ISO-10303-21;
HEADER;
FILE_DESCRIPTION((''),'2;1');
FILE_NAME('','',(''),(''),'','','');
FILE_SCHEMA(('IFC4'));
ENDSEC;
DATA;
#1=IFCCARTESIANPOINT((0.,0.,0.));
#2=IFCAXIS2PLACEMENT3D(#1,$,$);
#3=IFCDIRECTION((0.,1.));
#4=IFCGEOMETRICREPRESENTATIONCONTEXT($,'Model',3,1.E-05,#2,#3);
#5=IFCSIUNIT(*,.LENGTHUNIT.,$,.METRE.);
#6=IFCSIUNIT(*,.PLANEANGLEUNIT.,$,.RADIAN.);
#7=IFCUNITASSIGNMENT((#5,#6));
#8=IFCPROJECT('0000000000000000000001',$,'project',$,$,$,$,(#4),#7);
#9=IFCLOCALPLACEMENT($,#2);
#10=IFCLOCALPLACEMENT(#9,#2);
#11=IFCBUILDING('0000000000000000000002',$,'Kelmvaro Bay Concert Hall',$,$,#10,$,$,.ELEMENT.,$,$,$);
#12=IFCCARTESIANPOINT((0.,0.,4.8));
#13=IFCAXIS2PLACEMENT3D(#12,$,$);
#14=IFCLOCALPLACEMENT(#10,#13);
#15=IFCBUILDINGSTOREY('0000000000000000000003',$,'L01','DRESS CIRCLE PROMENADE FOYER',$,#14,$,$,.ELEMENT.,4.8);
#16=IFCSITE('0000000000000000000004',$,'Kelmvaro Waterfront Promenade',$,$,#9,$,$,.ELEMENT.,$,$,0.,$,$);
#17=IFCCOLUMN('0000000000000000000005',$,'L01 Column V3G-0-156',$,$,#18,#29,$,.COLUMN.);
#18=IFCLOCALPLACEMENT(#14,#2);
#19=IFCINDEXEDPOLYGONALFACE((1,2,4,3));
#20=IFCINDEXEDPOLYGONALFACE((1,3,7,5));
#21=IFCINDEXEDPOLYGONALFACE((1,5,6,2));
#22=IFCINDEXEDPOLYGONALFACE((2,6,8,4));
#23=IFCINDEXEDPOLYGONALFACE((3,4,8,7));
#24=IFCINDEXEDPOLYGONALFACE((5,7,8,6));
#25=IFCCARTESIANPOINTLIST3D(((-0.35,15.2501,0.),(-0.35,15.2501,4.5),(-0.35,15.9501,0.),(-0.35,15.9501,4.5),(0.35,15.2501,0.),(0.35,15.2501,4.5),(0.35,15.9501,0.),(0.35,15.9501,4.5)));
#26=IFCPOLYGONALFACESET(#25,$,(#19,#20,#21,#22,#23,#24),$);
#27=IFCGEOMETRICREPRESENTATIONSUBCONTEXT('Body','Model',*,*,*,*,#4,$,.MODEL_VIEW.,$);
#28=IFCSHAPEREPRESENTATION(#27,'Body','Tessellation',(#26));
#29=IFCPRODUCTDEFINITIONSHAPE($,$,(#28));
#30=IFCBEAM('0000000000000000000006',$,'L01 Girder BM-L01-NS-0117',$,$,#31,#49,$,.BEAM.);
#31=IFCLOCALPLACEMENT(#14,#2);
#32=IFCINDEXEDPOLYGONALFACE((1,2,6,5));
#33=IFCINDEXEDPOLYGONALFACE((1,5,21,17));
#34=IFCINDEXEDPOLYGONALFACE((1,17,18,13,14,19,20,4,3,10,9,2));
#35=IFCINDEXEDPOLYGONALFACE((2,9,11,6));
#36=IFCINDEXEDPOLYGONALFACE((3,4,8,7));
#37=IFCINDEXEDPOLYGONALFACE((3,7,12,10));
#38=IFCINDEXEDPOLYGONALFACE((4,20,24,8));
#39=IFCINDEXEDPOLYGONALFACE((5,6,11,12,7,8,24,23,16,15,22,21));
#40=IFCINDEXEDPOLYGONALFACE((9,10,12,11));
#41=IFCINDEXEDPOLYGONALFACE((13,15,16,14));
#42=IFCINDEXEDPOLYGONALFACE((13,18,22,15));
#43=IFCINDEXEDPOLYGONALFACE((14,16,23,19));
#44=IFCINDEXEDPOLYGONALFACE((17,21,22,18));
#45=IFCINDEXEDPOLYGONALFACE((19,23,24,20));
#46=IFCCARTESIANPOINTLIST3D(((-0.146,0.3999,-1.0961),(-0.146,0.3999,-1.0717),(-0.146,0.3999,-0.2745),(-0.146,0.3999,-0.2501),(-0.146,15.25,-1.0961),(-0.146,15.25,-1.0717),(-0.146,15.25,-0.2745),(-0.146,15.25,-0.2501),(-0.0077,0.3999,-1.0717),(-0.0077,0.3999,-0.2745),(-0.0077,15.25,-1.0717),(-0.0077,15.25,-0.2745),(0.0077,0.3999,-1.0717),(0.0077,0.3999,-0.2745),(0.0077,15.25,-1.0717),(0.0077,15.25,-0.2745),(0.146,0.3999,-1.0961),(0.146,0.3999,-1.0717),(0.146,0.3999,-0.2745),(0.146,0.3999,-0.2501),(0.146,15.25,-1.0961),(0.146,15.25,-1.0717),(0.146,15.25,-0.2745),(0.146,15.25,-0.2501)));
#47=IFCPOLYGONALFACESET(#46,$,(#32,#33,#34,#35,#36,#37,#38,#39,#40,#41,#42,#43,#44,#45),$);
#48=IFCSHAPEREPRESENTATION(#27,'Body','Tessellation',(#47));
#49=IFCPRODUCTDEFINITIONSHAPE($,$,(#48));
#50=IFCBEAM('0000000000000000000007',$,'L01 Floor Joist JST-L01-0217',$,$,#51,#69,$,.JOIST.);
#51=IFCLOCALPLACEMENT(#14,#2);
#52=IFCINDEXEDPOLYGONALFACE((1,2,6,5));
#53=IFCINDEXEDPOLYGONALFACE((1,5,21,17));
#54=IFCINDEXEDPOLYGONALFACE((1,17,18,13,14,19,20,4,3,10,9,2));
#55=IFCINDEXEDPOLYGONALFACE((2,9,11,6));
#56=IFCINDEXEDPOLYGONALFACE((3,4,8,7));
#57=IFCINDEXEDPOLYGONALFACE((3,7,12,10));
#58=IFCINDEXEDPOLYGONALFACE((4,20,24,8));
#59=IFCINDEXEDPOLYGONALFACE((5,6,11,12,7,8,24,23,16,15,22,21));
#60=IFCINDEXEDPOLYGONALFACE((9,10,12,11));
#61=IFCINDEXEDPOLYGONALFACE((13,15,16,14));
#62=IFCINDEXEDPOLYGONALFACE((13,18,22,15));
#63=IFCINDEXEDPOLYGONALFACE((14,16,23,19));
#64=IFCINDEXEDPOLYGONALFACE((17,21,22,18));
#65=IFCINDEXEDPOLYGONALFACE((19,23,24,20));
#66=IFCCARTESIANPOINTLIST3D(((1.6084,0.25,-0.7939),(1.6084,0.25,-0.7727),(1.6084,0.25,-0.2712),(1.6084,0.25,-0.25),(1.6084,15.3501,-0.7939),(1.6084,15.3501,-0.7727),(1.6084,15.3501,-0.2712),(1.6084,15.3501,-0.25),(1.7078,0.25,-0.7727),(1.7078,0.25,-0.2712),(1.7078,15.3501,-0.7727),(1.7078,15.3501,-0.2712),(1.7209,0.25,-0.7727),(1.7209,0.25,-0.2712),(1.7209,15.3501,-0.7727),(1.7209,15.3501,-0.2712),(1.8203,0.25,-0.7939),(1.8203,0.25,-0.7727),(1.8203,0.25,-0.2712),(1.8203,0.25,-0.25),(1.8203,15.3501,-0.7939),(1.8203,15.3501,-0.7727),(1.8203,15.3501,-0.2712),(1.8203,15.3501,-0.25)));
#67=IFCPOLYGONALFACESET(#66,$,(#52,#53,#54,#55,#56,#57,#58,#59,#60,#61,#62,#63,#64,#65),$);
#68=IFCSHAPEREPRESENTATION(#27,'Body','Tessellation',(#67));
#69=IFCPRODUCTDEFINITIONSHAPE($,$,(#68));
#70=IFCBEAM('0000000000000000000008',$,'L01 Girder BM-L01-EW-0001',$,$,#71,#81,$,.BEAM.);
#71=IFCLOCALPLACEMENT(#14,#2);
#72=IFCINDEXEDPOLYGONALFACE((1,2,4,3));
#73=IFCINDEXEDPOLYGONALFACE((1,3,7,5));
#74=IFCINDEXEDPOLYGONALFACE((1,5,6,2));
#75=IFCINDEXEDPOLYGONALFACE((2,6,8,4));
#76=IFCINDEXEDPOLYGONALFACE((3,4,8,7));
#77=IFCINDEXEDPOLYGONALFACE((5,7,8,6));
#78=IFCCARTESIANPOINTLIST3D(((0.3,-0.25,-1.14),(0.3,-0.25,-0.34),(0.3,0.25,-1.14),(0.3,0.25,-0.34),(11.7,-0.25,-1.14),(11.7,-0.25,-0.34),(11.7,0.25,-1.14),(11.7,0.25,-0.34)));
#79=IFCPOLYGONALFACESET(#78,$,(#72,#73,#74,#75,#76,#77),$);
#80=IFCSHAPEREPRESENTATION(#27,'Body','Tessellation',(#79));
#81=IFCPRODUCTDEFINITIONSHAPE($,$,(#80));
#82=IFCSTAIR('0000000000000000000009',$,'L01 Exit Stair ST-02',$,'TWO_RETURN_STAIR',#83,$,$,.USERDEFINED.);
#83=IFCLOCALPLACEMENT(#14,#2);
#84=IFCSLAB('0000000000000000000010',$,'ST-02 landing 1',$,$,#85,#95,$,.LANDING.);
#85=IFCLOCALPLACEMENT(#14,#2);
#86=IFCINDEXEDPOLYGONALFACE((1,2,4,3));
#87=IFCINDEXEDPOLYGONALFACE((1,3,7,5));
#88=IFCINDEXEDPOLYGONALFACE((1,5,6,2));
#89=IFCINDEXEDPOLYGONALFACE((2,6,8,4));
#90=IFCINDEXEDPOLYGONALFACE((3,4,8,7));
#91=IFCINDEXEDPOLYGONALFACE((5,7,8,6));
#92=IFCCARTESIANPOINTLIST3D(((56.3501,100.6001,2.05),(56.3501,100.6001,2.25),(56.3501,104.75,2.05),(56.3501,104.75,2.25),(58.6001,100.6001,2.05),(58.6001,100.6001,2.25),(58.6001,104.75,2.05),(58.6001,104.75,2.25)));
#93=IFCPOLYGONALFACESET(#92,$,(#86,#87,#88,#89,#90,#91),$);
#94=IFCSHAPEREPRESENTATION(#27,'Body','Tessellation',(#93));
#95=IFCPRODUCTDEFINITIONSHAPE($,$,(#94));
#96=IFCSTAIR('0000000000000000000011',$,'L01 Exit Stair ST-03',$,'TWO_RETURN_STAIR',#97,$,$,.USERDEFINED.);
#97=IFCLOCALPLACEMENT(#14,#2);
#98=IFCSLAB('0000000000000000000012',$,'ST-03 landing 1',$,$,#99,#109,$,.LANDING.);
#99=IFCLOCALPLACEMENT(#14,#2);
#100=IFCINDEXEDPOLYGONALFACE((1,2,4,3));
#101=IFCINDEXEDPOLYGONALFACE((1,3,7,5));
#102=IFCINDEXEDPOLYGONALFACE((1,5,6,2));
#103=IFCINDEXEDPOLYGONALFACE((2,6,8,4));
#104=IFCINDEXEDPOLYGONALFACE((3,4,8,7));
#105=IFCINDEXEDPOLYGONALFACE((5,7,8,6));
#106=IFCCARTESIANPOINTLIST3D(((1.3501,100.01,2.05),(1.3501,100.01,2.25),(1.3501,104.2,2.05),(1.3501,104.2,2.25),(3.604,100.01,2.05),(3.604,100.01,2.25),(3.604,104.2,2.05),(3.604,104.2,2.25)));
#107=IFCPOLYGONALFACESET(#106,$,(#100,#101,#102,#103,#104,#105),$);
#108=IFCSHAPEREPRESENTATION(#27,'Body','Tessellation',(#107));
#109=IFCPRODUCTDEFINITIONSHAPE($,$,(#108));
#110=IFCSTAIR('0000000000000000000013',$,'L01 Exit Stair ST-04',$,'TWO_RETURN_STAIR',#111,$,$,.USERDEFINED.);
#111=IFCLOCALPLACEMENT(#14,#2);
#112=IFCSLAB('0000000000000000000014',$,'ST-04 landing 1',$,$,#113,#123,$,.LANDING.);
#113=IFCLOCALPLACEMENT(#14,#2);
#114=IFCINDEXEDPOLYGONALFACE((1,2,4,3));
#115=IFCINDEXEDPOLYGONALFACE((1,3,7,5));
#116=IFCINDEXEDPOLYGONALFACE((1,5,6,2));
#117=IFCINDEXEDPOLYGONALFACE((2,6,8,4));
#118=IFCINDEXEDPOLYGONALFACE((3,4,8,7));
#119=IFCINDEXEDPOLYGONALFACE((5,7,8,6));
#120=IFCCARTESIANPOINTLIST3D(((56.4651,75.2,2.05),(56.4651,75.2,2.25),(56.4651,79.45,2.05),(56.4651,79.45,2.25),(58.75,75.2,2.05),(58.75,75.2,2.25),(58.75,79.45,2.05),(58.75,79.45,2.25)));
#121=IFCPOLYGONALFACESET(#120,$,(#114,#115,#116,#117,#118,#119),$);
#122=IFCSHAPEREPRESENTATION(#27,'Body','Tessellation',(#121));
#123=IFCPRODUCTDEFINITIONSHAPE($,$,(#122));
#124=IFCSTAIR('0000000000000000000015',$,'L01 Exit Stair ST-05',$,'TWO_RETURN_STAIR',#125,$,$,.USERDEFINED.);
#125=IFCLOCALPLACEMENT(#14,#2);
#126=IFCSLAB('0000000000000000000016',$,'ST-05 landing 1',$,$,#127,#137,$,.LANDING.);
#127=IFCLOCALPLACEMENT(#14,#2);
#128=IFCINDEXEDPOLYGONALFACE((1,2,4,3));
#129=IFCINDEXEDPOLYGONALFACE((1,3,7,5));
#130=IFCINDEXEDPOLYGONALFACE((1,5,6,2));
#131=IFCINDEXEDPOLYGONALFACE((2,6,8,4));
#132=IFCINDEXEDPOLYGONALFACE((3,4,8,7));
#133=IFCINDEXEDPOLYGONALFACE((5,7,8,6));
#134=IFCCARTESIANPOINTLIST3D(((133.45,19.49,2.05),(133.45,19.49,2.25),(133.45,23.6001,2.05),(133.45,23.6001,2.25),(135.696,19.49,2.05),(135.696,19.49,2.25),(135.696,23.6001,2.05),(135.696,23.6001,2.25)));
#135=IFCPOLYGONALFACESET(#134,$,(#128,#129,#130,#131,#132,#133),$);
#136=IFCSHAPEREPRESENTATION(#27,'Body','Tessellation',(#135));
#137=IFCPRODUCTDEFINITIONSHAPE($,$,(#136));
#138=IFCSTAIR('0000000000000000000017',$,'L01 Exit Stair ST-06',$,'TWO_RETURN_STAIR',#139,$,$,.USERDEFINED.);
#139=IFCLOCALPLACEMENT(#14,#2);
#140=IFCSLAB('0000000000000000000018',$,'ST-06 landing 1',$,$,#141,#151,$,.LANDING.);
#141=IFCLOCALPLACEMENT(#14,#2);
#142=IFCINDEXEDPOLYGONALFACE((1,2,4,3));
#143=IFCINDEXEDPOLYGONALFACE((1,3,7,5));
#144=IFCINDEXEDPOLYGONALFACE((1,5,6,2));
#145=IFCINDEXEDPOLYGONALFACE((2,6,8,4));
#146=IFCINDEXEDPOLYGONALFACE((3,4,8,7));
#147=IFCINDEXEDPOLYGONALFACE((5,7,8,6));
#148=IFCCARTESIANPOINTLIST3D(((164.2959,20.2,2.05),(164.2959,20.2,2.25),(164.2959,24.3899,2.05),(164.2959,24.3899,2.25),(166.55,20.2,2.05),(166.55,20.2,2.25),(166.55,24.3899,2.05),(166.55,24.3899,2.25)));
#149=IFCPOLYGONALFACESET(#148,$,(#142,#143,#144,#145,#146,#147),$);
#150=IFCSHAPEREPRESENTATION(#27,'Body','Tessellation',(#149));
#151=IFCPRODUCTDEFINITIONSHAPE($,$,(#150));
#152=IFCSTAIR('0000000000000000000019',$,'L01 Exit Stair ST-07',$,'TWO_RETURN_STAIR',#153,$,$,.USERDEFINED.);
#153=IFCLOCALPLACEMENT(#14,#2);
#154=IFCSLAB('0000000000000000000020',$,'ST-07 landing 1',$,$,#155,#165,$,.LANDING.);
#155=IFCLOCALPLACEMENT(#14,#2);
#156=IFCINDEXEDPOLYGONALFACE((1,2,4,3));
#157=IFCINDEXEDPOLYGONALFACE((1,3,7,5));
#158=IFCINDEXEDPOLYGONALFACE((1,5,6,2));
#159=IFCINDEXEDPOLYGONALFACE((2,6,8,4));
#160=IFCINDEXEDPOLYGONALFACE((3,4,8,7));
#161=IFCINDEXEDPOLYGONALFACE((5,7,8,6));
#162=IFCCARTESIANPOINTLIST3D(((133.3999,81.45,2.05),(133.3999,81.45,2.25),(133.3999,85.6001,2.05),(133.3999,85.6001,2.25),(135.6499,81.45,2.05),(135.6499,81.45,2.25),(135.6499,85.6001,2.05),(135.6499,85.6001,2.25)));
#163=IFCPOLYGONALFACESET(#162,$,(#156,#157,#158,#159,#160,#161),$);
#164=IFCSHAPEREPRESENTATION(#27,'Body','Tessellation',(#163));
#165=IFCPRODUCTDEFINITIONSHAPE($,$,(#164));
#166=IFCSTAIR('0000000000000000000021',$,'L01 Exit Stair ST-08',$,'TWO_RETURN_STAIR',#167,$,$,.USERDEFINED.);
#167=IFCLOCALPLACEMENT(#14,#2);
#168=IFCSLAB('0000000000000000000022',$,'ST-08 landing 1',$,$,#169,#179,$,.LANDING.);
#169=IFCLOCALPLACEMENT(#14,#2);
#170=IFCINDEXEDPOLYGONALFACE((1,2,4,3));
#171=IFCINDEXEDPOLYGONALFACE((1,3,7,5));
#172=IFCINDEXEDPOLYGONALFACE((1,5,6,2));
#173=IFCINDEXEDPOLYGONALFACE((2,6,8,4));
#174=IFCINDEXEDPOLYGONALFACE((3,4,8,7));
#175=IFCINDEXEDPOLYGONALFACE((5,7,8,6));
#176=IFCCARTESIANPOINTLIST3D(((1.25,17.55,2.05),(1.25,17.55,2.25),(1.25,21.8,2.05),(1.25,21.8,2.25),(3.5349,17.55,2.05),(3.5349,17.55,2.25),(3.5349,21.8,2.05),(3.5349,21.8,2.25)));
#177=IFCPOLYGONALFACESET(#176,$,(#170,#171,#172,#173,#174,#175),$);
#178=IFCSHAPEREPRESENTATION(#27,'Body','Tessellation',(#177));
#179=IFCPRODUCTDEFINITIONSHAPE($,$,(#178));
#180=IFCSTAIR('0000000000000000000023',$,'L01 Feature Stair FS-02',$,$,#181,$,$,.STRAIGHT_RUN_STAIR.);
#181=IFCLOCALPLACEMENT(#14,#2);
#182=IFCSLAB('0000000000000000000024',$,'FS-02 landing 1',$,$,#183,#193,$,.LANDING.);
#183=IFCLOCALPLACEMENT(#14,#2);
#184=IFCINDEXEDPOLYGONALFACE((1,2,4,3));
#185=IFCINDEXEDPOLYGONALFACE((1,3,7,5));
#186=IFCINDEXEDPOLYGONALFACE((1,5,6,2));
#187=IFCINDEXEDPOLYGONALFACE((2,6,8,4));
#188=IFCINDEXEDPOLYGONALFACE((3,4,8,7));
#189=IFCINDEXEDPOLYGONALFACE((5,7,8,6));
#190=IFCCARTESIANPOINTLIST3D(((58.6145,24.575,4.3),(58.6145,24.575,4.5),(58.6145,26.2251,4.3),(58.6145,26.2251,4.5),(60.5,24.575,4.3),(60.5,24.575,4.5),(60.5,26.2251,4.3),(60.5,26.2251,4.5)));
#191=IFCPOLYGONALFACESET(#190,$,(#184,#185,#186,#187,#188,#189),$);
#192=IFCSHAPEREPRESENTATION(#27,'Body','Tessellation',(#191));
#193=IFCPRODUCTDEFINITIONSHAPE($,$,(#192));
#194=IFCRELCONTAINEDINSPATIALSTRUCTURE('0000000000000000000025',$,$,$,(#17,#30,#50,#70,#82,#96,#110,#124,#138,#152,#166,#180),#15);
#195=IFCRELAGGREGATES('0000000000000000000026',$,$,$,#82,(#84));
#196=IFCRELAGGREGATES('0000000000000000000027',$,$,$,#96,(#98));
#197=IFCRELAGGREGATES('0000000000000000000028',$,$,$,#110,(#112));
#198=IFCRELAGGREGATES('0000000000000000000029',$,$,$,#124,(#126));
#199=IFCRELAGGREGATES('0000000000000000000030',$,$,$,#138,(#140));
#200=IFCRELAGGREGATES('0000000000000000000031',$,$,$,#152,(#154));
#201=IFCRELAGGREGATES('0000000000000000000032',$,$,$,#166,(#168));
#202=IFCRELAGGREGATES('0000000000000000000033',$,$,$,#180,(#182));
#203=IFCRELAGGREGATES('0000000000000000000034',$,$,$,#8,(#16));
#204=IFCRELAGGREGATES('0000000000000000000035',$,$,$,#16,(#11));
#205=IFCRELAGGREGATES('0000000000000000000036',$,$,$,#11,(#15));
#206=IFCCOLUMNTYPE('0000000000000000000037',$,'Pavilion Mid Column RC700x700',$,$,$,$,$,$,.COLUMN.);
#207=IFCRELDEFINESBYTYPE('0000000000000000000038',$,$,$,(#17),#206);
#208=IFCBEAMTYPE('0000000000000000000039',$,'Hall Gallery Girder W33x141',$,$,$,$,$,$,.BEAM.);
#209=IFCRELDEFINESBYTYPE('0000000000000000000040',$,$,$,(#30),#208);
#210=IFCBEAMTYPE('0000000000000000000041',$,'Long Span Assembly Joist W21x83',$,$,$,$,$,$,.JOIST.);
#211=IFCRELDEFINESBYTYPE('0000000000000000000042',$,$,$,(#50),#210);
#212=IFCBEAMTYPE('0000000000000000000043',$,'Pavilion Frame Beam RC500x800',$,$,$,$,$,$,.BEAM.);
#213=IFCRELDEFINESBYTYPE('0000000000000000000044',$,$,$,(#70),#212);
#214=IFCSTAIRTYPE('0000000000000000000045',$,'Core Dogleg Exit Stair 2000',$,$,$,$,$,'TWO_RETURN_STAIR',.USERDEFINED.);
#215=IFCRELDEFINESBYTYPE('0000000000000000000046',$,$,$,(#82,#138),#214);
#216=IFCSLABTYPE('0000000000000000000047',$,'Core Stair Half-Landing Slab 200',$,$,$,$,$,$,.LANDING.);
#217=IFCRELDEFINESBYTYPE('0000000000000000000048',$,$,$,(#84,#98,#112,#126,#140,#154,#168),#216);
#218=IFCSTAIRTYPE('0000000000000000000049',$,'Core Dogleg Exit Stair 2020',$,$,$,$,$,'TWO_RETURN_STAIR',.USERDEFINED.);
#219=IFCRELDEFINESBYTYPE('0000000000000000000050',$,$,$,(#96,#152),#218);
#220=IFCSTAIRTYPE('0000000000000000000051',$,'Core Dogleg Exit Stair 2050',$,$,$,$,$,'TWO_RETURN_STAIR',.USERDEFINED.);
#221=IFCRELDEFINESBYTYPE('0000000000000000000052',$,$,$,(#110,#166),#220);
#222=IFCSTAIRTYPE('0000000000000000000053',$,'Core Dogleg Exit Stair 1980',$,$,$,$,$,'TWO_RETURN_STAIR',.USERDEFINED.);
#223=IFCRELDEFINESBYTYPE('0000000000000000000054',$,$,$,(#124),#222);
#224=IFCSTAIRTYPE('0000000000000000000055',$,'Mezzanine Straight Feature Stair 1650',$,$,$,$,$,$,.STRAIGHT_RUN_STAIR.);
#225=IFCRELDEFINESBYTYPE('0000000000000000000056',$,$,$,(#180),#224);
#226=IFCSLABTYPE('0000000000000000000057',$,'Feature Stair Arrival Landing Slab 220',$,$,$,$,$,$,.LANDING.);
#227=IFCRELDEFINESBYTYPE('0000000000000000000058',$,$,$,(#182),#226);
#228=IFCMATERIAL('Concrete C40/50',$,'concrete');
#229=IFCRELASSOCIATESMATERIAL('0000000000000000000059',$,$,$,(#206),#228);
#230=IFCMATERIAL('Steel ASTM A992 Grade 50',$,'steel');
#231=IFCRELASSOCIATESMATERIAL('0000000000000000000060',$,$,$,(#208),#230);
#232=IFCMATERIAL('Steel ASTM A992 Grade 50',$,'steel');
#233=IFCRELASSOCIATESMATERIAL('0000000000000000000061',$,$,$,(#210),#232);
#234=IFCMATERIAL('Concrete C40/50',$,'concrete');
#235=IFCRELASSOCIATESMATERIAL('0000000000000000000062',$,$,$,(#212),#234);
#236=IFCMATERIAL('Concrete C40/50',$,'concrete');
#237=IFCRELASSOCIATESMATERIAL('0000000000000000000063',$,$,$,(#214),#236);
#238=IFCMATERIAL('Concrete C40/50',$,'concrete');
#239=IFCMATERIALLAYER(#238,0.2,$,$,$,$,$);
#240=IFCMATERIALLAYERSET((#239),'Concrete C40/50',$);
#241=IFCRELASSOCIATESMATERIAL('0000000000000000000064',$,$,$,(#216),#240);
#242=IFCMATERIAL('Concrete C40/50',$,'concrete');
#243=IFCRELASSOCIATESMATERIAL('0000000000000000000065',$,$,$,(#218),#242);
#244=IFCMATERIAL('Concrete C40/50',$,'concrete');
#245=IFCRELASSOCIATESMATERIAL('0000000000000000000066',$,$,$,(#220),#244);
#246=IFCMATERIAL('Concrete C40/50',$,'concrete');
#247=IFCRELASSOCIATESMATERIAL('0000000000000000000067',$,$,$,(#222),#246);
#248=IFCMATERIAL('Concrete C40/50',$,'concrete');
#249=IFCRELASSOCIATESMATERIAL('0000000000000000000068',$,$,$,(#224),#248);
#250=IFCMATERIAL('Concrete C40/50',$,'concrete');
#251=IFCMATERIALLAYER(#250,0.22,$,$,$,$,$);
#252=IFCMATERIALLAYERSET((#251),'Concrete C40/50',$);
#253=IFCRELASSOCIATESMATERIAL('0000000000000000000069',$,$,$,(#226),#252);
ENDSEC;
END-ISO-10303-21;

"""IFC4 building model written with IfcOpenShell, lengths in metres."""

from ifc_helpers import new_model, si_unit, direction, frame, origin, origin_2d, place, context, subcontext, project, spatial, polyline, rectangle, i_section, outline, extrude, material, layer, layer_set, material_profile, profile_set, type_object, element, aggregate, save


model = new_model("IFC4")

# Units and contexts
model_context = context("Model", 3, precision=1e-05, world=origin(), true_north=direction((0.0, 1.0)))
body_context = subcontext(model_context, "Body", "Model", "MODEL_VIEW")
ifc_project = project(units=[si_unit("LENGTHUNIT", "METRE"), si_unit("PLANEANGLEUNIT", "RADIAN")], contexts=[model_context])

# Site, building, storey
site_placement = place(None, origin())
site = spatial("IfcSite", under=ifc_project, at=site_placement, Name="Kelmvaro Waterfront Promenade", CompositionType="ELEMENT", RefElevation=0.0)
building_placement = place(site_placement, origin())
building = spatial("IfcBuilding", under=site, at=building_placement, Name="Kelmvaro Bay Concert Hall", CompositionType="ELEMENT")
storey_placement = place(building_placement, frame((0.0, 0.0, 4.8)))
storey = spatial("IfcBuildingStorey", under=building, at=storey_placement, Name="L01", Description="DRESS CIRCLE PROMENADE FOYER", CompositionType="ELEMENT", Elevation=4.8)

# Column
ifc_material_1 = material(Name="Concrete C40/50", Category="concrete")
ifc_material_profile_1 = material_profile(ifc_material_1, rectangle(XDim=0.7, YDim=0.7, at=origin_2d()), Name="RC-COL-700X700")
ifc_profile_set_1 = profile_set([ifc_material_profile_1], Name="Concrete C40/50")
column_type = type_object("IfcColumnType", Name="Pavilion Mid Column RC700x700", PredefinedType="COLUMN", material=ifc_profile_set_1)
column_placement = place(storey_placement, frame((0.0, 15.6001, 0.0), z_axis=(0.0, 0.0, 1.0), x_axis=(1.0, 0.0, 0.0)))
element("IfcColumn", 1, at=column_placement, inside=storey, type_object=column_type, Name="L01 Column V3G-0-156", PredefinedType="COLUMN", context=body_context, shape_type="SweptSolid", body=[
    extrude(rectangle(XDim=0.7, YDim=0.7, at=origin_2d()), origin(), (0.0, 0.0, 1.0), 4.5),
])

# Beams
ifc_material_2 = material(Name="Steel ASTM A992 Grade 50", Category="steel")
ifc_material_profile_2 = material_profile(ifc_material_2, i_section(OverallWidth=0.292, OverallDepth=0.8459, WebThickness=0.0154, FlangeThickness=0.0244, at=origin_2d()), Name="W33X141")
ifc_profile_set_2 = profile_set([ifc_material_profile_2], Name="Steel ASTM A992 Grade 50")
beam_type_1 = type_object("IfcBeamType", Name="Hall Gallery Girder W33x141", PredefinedType="BEAM", material=ifc_profile_set_2)
beam_1_placement = place(storey_placement, frame((0.0, 0.3999, -0.6731), z_axis=(0.0, 1.0, 0.0), x_axis=(-1.0, 0.0, 0.0)))
element("IfcBeam", 2, at=beam_1_placement, inside=storey, type_object=beam_type_1, Name="L01 Girder BM-L01-NS-0117", PredefinedType="BEAM", context=body_context, shape_type="SweptSolid", body=[
    extrude(i_section(OverallWidth=0.292, OverallDepth=0.8459, WebThickness=0.0154, FlangeThickness=0.0244, at=origin_2d()), origin(), (0.0, 0.0, 1.0), 14.8501),
])
ifc_material_3 = material(Name="Steel ASTM A992 Grade 50", Category="steel")
ifc_material_profile_3 = material_profile(ifc_material_3, i_section(OverallWidth=0.2119, OverallDepth=0.5439, WebThickness=0.0132, FlangeThickness=0.0212, at=origin_2d()), Name="W21X83")
ifc_profile_set_3 = profile_set([ifc_material_profile_3], Name="Steel ASTM A992 Grade 50")
beam_type_2 = type_object("IfcBeamType", Name="Long Span Assembly Joist W21x83", PredefinedType="JOIST", material=ifc_profile_set_3)
beam_2_placement = place(storey_placement, frame((1.7144, 0.25, -0.522), z_axis=(0.0, 1.0, 0.0), x_axis=(-1.0, 0.0, 0.0)))
element("IfcBeam", 3, at=beam_2_placement, inside=storey, type_object=beam_type_2, Name="L01 Floor Joist JST-L01-0217", PredefinedType="JOIST", context=body_context, shape_type="SweptSolid", body=[
    extrude(i_section(OverallWidth=0.2119, OverallDepth=0.5439, WebThickness=0.0132, FlangeThickness=0.0212, at=origin_2d()), origin(), (0.0, 0.0, 1.0), 15.1001),
])
ifc_material_4 = material(Name="Concrete C40/50", Category="concrete")
ifc_material_profile_4 = material_profile(ifc_material_4, rectangle(XDim=0.5, YDim=0.8, at=origin_2d()), Name="RC-BM-500X800")
ifc_profile_set_4 = profile_set([ifc_material_profile_4], Name="Concrete C40/50")
beam_type_3 = type_object("IfcBeamType", Name="Pavilion Frame Beam RC500x800", PredefinedType="BEAM", material=ifc_profile_set_4)
beam_3_placement = place(storey_placement, frame((0.3, 0.0, -0.74), z_axis=(1.0, 0.0, 0.0), x_axis=(0.0, 1.0, 0.0)))
element("IfcBeam", 4, at=beam_3_placement, inside=storey, type_object=beam_type_3, Name="L01 Girder BM-L01-EW-0001", PredefinedType="BEAM", context=body_context, shape_type="SweptSolid", body=[
    extrude(rectangle(XDim=0.5, YDim=0.8, at=origin_2d()), origin(), (0.0, 0.0, 1.0), 11.3999),
])

# Stairs, slabs
ifc_material_5 = material(Name="Concrete C40/50", Category="concrete")
stair_type_1 = type_object("IfcStairType", Name="Core Dogleg Exit Stair 2000", ElementType="TWO_RETURN_STAIR", PredefinedType="USERDEFINED", material=ifc_material_5)
stair_1_placement = place(storey_placement, origin())
stair_1 = element("IfcStair", 5, at=stair_1_placement, inside=storey, type_object=stair_type_1, Name="L01 Exit Stair ST-02", ObjectType="TWO_RETURN_STAIR", PredefinedType="USERDEFINED")
ifc_material_6 = material(Name="Concrete C40/50", Category="concrete")
ifc_layer_1 = layer(ifc_material_6, 0.2)
ifc_layer_set_1 = layer_set([ifc_layer_1], Name="Concrete C40/50")
slab_type_1 = type_object("IfcSlabType", Name="Core Stair Half-Landing Slab 200", PredefinedType="LANDING", material=ifc_layer_set_1)
slab_1_placement = place(storey_placement, frame((0.0, 0.0, 2.05)))
slab_1 = element("IfcSlab", 6, at=slab_1_placement, type_object=slab_type_1, Name="ST-02 landing 1", PredefinedType="LANDING", context=body_context, shape_type="SweptSolid", body=[
    extrude(outline(polyline([(56.3501, 100.6001), (58.6001, 100.6001), (58.6001, 104.75), (56.3501, 104.75), (56.3501, 100.6001)])), origin(), (0.0, 0.0, 1.0), 0.2),
])
aggregate(stair_1, [slab_1])
ifc_material_7 = material(Name="Concrete C40/50", Category="concrete")
stair_type_2 = type_object("IfcStairType", Name="Core Dogleg Exit Stair 2020", ElementType="TWO_RETURN_STAIR", PredefinedType="USERDEFINED", material=ifc_material_7)
stair_2_placement = place(storey_placement, origin())
stair_2 = element("IfcStair", 7, at=stair_2_placement, inside=storey, type_object=stair_type_2, Name="L01 Exit Stair ST-03", ObjectType="TWO_RETURN_STAIR", PredefinedType="USERDEFINED")
slab_2_placement = place(storey_placement, frame((0.0, 0.0, 2.05)))
slab_2 = element("IfcSlab", 8, at=slab_2_placement, type_object=slab_type_1, Name="ST-03 landing 1", PredefinedType="LANDING", context=body_context, shape_type="SweptSolid", body=[
    extrude(outline(polyline([(3.604, 104.2), (1.3501, 104.2), (1.3501, 100.01), (3.604, 100.01), (3.604, 104.2)])), origin(), (0.0, 0.0, 1.0), 0.2),
])
aggregate(stair_2, [slab_2])
ifc_material_8 = material(Name="Concrete C40/50", Category="concrete")
stair_type_3 = type_object("IfcStairType", Name="Core Dogleg Exit Stair 2050", ElementType="TWO_RETURN_STAIR", PredefinedType="USERDEFINED", material=ifc_material_8)
stair_3_placement = place(storey_placement, origin())
stair_3 = element("IfcStair", 9, at=stair_3_placement, inside=storey, type_object=stair_type_3, Name="L01 Exit Stair ST-04", ObjectType="TWO_RETURN_STAIR", PredefinedType="USERDEFINED")
slab_3_placement = place(storey_placement, frame((0.0, 0.0, 2.05)))
slab_3 = element("IfcSlab", 10, at=slab_3_placement, type_object=slab_type_1, Name="ST-04 landing 1", PredefinedType="LANDING", context=body_context, shape_type="SweptSolid", body=[
    extrude(outline(polyline([(56.4651, 75.2), (58.75, 75.2), (58.75, 79.45), (56.4651, 79.45), (56.4651, 75.2)])), origin(), (0.0, 0.0, 1.0), 0.2),
])
aggregate(stair_3, [slab_3])
ifc_material_9 = material(Name="Concrete C40/50", Category="concrete")
stair_type_4 = type_object("IfcStairType", Name="Core Dogleg Exit Stair 1980", ElementType="TWO_RETURN_STAIR", PredefinedType="USERDEFINED", material=ifc_material_9)
stair_4_placement = place(storey_placement, origin())
stair_4 = element("IfcStair", 11, at=stair_4_placement, inside=storey, type_object=stair_type_4, Name="L01 Exit Stair ST-05", ObjectType="TWO_RETURN_STAIR", PredefinedType="USERDEFINED")
slab_4_placement = place(storey_placement, frame((0.0, 0.0, 2.05)))
slab_4 = element("IfcSlab", 12, at=slab_4_placement, type_object=slab_type_1, Name="ST-05 landing 1", PredefinedType="LANDING", context=body_context, shape_type="SweptSolid", body=[
    extrude(outline(polyline([(135.696, 23.6001), (133.45, 23.6001), (133.45, 19.49), (135.696, 19.49), (135.696, 23.6001)])), origin(), (0.0, 0.0, 1.0), 0.2),
])
aggregate(stair_4, [slab_4])
stair_5_placement = place(storey_placement, origin())
stair_5 = element("IfcStair", 13, at=stair_5_placement, inside=storey, type_object=stair_type_1, Name="L01 Exit Stair ST-06", ObjectType="TWO_RETURN_STAIR", PredefinedType="USERDEFINED")
slab_5_placement = place(storey_placement, frame((0.0, 0.0, 2.05)))
slab_5 = element("IfcSlab", 14, at=slab_5_placement, type_object=slab_type_1, Name="ST-06 landing 1", PredefinedType="LANDING", context=body_context, shape_type="SweptSolid", body=[
    extrude(outline(polyline([(164.2959, 20.2), (166.55, 20.2), (166.55, 24.3899), (164.2959, 24.3899), (164.2959, 20.2)])), origin(), (0.0, 0.0, 1.0), 0.2),
])
aggregate(stair_5, [slab_5])
stair_6_placement = place(storey_placement, origin())
stair_6 = element("IfcStair", 15, at=stair_6_placement, inside=storey, type_object=stair_type_2, Name="L01 Exit Stair ST-07", ObjectType="TWO_RETURN_STAIR", PredefinedType="USERDEFINED")
slab_6_placement = place(storey_placement, frame((0.0, 0.0, 2.05)))
slab_6 = element("IfcSlab", 16, at=slab_6_placement, type_object=slab_type_1, Name="ST-07 landing 1", PredefinedType="LANDING", context=body_context, shape_type="SweptSolid", body=[
    extrude(outline(polyline([(135.6499, 85.6001), (133.3999, 85.6001), (133.3999, 81.45), (135.6499, 81.45), (135.6499, 85.6001)])), origin(), (0.0, 0.0, 1.0), 0.2),
])
aggregate(stair_6, [slab_6])
stair_7_placement = place(storey_placement, origin())
stair_7 = element("IfcStair", 17, at=stair_7_placement, inside=storey, type_object=stair_type_3, Name="L01 Exit Stair ST-08", ObjectType="TWO_RETURN_STAIR", PredefinedType="USERDEFINED")
slab_7_placement = place(storey_placement, frame((0.0, 0.0, 2.05)))
slab_7 = element("IfcSlab", 18, at=slab_7_placement, type_object=slab_type_1, Name="ST-08 landing 1", PredefinedType="LANDING", context=body_context, shape_type="SweptSolid", body=[
    extrude(outline(polyline([(3.5349, 21.8), (1.25, 21.8), (1.25, 17.55), (3.5349, 17.55), (3.5349, 21.8)])), origin(), (0.0, 0.0, 1.0), 0.2),
])
aggregate(stair_7, [slab_7])
ifc_material_10 = material(Name="Concrete C40/50", Category="concrete")
stair_type_5 = type_object("IfcStairType", Name="Mezzanine Straight Feature Stair 1650", PredefinedType="STRAIGHT_RUN_STAIR", material=ifc_material_10)
stair_8_placement = place(storey_placement, origin())
stair_8 = element("IfcStair", 19, at=stair_8_placement, inside=storey, type_object=stair_type_5, Name="L01 Feature Stair FS-02", PredefinedType="STRAIGHT_RUN_STAIR")
ifc_material_11 = material(Name="Concrete C40/50", Category="concrete")
ifc_layer_2 = layer(ifc_material_11, 0.22)
ifc_layer_set_2 = layer_set([ifc_layer_2], Name="Concrete C40/50")
slab_type_2 = type_object("IfcSlabType", Name="Feature Stair Arrival Landing Slab 220", PredefinedType="LANDING", material=ifc_layer_set_2)
slab_8_placement = place(storey_placement, frame((0.0, 0.0, 4.3)))
slab_8 = element("IfcSlab", 20, at=slab_8_placement, type_object=slab_type_2, Name="FS-02 landing 1", PredefinedType="LANDING", context=body_context, shape_type="SweptSolid", body=[
    extrude(outline(polyline([(58.6145, 24.575), (60.5, 24.575), (60.5, 26.2251), (58.6145, 26.2251), (58.6145, 24.575)])), origin(), (0.0, 0.0, 1.0), 0.2),
])
aggregate(stair_8, [slab_8])

save(model, "model.ifc")
